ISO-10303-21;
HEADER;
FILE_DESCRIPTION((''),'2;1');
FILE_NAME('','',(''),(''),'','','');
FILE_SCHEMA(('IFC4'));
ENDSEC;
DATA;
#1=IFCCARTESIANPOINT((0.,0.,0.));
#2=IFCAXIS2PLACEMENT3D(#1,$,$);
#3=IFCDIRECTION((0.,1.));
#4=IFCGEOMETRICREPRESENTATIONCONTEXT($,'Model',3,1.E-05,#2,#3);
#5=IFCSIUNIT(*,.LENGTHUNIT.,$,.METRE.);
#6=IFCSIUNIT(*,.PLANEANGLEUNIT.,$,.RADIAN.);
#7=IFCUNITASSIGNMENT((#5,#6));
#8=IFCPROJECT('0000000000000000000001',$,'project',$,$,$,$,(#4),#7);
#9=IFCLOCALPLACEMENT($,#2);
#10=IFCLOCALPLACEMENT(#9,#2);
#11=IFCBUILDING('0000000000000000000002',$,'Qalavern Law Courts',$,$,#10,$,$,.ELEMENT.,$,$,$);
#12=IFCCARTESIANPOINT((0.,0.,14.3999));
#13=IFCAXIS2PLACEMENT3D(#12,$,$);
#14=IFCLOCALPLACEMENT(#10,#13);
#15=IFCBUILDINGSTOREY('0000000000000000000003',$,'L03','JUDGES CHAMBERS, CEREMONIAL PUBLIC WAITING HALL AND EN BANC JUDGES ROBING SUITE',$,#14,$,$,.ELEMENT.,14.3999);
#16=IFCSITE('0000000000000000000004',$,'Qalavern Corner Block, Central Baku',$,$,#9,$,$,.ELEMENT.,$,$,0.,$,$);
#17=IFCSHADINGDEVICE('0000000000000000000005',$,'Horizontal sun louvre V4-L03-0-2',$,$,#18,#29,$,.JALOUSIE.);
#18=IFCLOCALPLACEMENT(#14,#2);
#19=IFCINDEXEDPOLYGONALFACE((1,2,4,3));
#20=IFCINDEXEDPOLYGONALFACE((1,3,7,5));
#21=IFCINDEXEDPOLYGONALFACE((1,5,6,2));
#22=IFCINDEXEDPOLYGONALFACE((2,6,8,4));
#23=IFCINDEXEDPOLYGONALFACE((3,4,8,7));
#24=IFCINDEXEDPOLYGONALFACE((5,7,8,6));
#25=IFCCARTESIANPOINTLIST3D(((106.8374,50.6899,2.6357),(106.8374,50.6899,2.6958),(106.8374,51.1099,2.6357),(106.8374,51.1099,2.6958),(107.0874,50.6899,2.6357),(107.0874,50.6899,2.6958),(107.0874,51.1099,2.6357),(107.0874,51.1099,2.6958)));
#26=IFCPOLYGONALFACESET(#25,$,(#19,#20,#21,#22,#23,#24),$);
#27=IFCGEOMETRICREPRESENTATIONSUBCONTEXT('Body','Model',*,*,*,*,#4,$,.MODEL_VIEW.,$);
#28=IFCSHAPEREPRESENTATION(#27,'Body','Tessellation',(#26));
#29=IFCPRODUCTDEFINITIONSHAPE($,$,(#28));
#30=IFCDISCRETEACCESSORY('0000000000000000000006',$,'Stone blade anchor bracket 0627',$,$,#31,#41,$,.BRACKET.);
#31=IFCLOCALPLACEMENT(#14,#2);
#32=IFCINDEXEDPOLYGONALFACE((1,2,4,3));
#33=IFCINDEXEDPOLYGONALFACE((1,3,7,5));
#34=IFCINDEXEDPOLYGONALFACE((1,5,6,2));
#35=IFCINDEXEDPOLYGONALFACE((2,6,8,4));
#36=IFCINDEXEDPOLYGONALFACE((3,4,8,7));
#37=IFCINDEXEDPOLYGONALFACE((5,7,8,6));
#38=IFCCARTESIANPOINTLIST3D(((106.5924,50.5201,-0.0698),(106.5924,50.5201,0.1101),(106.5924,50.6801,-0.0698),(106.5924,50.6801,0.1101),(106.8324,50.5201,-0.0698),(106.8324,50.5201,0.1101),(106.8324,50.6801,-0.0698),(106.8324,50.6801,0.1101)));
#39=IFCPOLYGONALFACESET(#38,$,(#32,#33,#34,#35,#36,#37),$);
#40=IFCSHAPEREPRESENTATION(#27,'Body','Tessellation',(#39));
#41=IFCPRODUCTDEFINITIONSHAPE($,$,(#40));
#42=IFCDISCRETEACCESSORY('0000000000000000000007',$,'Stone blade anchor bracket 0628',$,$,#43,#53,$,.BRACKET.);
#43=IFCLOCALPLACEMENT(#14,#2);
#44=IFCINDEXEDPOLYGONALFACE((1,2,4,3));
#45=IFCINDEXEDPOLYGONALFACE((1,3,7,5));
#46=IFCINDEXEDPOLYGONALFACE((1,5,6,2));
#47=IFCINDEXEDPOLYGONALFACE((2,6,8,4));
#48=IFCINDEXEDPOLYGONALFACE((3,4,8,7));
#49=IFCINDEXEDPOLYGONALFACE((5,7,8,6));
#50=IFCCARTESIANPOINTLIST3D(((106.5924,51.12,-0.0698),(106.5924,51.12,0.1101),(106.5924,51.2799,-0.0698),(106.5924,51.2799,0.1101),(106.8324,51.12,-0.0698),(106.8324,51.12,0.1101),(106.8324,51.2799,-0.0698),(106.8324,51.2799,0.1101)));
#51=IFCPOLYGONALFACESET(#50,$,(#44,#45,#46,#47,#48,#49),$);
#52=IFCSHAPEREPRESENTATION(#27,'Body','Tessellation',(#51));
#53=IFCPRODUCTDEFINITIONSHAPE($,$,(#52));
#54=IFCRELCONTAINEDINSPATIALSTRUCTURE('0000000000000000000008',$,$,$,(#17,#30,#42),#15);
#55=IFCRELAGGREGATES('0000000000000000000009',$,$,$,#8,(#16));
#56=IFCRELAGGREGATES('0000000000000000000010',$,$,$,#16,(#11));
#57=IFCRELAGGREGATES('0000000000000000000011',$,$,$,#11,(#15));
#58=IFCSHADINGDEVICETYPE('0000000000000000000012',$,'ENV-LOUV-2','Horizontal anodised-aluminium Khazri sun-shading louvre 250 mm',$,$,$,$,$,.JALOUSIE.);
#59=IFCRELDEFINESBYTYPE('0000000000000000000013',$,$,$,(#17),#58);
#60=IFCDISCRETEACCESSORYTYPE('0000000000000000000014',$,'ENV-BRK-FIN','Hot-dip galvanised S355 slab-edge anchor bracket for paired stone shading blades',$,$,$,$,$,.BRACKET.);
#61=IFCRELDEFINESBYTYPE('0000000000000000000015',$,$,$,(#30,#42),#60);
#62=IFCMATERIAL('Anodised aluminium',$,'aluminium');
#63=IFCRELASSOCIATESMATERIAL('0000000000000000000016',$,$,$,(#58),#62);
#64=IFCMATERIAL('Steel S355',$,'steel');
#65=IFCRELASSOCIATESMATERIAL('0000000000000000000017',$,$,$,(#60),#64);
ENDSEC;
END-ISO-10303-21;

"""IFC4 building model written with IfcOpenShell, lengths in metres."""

from ifc_helpers import new_model, si_unit, direction, frame, origin, origin_2d, place, context, subcontext, project, spatial, rectangle, extrude, material, type_object, element, save


model = new_model("IFC4")

# Units and contexts
model_context = context("Model", 3, precision=1e-05, world=origin(), true_north=direction((0.0, 1.0)))
body_context = subcontext(model_context, "Body", "Model", "MODEL_VIEW")
ifc_project = project(units=[si_unit("LENGTHUNIT", "METRE"), si_unit("PLANEANGLEUNIT", "RADIAN")], contexts=[model_context])

# Site, building, storey
site_placement = place(None, origin())
site = spatial("IfcSite", under=ifc_project, at=site_placement, Name="Qalavern Corner Block, Central Baku", CompositionType="ELEMENT", RefElevation=0.0)
building_placement = place(site_placement, origin())
building = spatial("IfcBuilding", under=site, at=building_placement, Name="Qalavern Law Courts", CompositionType="ELEMENT")
storey_placement = place(building_placement, frame((0.0, 0.0, 14.3999)))
storey = spatial("IfcBuildingStorey", under=building, at=storey_placement, Name="L03", Description="JUDGES CHAMBERS, CEREMONIAL PUBLIC WAITING HALL AND EN BANC JUDGES ROBING SUITE", CompositionType="ELEMENT", Elevation=14.3999)

# Shared definitions
ifc_material_1 = material(Name="Anodised aluminium", Category="aluminium")

# Shared definitions
ifc_material_2 = material(Name="Steel S355", Category="steel")

# Shading device
shading_device_type = type_object("IfcShadingDeviceType", Name="ENV-LOUV-2", Description="Horizontal anodised-aluminium Khazri sun-shading louvre 250 mm", PredefinedType="JALOUSIE", material=ifc_material_1)
for number, where, z_axis, x_axis, name in (
    (1, (106.9624, 50.8999, 2.6357), (0.0, 0.0, 1.0), (0.0, 1.0, 0.0), "Horizontal sun louvre V4-L03-0-2"),
):
    element("IfcShadingDevice", number, at=place(storey_placement, frame(where, z_axis=z_axis, x_axis=x_axis)), inside=storey, type_object=shading_device_type, Name=name, PredefinedType="JALOUSIE", context=body_context, shape_type="SweptSolid", body=[
        extrude(rectangle(XDim=0.4199, YDim=0.25, at=origin_2d()), origin(), (0.0, 0.0, 1.0), 0.0601),
    ])

# Discrete accessories
discrete_accessory_type = type_object("IfcDiscreteAccessoryType", Name="ENV-BRK-FIN", Description="Hot-dip galvanised S355 slab-edge anchor bracket for paired stone shading blades", PredefinedType="BRACKET", material=ifc_material_2)
for number, where, z_axis, x_axis, name in (
    (2, (106.7124, 50.6001, -0.0698), (0.0, 0.0, 1.0), (1.0, 0.0, 0.0), "Stone blade anchor bracket 0627"),
    (3, (106.7124, 51.2, -0.0698), (0.0, 0.0, 1.0), (1.0, 0.0, 0.0), "Stone blade anchor bracket 0628"),
):
    element("IfcDiscreteAccessory", number, at=place(storey_placement, frame(where, z_axis=z_axis, x_axis=x_axis)), inside=storey, type_object=discrete_accessory_type, Name=name, PredefinedType="BRACKET", context=body_context, shape_type="SweptSolid", body=[
        extrude(rectangle(XDim=0.24, YDim=0.1599, at=origin_2d()), origin(), (0.0, 0.0, 1.0), 0.1799),
    ])

save(model, "model.ifc")
